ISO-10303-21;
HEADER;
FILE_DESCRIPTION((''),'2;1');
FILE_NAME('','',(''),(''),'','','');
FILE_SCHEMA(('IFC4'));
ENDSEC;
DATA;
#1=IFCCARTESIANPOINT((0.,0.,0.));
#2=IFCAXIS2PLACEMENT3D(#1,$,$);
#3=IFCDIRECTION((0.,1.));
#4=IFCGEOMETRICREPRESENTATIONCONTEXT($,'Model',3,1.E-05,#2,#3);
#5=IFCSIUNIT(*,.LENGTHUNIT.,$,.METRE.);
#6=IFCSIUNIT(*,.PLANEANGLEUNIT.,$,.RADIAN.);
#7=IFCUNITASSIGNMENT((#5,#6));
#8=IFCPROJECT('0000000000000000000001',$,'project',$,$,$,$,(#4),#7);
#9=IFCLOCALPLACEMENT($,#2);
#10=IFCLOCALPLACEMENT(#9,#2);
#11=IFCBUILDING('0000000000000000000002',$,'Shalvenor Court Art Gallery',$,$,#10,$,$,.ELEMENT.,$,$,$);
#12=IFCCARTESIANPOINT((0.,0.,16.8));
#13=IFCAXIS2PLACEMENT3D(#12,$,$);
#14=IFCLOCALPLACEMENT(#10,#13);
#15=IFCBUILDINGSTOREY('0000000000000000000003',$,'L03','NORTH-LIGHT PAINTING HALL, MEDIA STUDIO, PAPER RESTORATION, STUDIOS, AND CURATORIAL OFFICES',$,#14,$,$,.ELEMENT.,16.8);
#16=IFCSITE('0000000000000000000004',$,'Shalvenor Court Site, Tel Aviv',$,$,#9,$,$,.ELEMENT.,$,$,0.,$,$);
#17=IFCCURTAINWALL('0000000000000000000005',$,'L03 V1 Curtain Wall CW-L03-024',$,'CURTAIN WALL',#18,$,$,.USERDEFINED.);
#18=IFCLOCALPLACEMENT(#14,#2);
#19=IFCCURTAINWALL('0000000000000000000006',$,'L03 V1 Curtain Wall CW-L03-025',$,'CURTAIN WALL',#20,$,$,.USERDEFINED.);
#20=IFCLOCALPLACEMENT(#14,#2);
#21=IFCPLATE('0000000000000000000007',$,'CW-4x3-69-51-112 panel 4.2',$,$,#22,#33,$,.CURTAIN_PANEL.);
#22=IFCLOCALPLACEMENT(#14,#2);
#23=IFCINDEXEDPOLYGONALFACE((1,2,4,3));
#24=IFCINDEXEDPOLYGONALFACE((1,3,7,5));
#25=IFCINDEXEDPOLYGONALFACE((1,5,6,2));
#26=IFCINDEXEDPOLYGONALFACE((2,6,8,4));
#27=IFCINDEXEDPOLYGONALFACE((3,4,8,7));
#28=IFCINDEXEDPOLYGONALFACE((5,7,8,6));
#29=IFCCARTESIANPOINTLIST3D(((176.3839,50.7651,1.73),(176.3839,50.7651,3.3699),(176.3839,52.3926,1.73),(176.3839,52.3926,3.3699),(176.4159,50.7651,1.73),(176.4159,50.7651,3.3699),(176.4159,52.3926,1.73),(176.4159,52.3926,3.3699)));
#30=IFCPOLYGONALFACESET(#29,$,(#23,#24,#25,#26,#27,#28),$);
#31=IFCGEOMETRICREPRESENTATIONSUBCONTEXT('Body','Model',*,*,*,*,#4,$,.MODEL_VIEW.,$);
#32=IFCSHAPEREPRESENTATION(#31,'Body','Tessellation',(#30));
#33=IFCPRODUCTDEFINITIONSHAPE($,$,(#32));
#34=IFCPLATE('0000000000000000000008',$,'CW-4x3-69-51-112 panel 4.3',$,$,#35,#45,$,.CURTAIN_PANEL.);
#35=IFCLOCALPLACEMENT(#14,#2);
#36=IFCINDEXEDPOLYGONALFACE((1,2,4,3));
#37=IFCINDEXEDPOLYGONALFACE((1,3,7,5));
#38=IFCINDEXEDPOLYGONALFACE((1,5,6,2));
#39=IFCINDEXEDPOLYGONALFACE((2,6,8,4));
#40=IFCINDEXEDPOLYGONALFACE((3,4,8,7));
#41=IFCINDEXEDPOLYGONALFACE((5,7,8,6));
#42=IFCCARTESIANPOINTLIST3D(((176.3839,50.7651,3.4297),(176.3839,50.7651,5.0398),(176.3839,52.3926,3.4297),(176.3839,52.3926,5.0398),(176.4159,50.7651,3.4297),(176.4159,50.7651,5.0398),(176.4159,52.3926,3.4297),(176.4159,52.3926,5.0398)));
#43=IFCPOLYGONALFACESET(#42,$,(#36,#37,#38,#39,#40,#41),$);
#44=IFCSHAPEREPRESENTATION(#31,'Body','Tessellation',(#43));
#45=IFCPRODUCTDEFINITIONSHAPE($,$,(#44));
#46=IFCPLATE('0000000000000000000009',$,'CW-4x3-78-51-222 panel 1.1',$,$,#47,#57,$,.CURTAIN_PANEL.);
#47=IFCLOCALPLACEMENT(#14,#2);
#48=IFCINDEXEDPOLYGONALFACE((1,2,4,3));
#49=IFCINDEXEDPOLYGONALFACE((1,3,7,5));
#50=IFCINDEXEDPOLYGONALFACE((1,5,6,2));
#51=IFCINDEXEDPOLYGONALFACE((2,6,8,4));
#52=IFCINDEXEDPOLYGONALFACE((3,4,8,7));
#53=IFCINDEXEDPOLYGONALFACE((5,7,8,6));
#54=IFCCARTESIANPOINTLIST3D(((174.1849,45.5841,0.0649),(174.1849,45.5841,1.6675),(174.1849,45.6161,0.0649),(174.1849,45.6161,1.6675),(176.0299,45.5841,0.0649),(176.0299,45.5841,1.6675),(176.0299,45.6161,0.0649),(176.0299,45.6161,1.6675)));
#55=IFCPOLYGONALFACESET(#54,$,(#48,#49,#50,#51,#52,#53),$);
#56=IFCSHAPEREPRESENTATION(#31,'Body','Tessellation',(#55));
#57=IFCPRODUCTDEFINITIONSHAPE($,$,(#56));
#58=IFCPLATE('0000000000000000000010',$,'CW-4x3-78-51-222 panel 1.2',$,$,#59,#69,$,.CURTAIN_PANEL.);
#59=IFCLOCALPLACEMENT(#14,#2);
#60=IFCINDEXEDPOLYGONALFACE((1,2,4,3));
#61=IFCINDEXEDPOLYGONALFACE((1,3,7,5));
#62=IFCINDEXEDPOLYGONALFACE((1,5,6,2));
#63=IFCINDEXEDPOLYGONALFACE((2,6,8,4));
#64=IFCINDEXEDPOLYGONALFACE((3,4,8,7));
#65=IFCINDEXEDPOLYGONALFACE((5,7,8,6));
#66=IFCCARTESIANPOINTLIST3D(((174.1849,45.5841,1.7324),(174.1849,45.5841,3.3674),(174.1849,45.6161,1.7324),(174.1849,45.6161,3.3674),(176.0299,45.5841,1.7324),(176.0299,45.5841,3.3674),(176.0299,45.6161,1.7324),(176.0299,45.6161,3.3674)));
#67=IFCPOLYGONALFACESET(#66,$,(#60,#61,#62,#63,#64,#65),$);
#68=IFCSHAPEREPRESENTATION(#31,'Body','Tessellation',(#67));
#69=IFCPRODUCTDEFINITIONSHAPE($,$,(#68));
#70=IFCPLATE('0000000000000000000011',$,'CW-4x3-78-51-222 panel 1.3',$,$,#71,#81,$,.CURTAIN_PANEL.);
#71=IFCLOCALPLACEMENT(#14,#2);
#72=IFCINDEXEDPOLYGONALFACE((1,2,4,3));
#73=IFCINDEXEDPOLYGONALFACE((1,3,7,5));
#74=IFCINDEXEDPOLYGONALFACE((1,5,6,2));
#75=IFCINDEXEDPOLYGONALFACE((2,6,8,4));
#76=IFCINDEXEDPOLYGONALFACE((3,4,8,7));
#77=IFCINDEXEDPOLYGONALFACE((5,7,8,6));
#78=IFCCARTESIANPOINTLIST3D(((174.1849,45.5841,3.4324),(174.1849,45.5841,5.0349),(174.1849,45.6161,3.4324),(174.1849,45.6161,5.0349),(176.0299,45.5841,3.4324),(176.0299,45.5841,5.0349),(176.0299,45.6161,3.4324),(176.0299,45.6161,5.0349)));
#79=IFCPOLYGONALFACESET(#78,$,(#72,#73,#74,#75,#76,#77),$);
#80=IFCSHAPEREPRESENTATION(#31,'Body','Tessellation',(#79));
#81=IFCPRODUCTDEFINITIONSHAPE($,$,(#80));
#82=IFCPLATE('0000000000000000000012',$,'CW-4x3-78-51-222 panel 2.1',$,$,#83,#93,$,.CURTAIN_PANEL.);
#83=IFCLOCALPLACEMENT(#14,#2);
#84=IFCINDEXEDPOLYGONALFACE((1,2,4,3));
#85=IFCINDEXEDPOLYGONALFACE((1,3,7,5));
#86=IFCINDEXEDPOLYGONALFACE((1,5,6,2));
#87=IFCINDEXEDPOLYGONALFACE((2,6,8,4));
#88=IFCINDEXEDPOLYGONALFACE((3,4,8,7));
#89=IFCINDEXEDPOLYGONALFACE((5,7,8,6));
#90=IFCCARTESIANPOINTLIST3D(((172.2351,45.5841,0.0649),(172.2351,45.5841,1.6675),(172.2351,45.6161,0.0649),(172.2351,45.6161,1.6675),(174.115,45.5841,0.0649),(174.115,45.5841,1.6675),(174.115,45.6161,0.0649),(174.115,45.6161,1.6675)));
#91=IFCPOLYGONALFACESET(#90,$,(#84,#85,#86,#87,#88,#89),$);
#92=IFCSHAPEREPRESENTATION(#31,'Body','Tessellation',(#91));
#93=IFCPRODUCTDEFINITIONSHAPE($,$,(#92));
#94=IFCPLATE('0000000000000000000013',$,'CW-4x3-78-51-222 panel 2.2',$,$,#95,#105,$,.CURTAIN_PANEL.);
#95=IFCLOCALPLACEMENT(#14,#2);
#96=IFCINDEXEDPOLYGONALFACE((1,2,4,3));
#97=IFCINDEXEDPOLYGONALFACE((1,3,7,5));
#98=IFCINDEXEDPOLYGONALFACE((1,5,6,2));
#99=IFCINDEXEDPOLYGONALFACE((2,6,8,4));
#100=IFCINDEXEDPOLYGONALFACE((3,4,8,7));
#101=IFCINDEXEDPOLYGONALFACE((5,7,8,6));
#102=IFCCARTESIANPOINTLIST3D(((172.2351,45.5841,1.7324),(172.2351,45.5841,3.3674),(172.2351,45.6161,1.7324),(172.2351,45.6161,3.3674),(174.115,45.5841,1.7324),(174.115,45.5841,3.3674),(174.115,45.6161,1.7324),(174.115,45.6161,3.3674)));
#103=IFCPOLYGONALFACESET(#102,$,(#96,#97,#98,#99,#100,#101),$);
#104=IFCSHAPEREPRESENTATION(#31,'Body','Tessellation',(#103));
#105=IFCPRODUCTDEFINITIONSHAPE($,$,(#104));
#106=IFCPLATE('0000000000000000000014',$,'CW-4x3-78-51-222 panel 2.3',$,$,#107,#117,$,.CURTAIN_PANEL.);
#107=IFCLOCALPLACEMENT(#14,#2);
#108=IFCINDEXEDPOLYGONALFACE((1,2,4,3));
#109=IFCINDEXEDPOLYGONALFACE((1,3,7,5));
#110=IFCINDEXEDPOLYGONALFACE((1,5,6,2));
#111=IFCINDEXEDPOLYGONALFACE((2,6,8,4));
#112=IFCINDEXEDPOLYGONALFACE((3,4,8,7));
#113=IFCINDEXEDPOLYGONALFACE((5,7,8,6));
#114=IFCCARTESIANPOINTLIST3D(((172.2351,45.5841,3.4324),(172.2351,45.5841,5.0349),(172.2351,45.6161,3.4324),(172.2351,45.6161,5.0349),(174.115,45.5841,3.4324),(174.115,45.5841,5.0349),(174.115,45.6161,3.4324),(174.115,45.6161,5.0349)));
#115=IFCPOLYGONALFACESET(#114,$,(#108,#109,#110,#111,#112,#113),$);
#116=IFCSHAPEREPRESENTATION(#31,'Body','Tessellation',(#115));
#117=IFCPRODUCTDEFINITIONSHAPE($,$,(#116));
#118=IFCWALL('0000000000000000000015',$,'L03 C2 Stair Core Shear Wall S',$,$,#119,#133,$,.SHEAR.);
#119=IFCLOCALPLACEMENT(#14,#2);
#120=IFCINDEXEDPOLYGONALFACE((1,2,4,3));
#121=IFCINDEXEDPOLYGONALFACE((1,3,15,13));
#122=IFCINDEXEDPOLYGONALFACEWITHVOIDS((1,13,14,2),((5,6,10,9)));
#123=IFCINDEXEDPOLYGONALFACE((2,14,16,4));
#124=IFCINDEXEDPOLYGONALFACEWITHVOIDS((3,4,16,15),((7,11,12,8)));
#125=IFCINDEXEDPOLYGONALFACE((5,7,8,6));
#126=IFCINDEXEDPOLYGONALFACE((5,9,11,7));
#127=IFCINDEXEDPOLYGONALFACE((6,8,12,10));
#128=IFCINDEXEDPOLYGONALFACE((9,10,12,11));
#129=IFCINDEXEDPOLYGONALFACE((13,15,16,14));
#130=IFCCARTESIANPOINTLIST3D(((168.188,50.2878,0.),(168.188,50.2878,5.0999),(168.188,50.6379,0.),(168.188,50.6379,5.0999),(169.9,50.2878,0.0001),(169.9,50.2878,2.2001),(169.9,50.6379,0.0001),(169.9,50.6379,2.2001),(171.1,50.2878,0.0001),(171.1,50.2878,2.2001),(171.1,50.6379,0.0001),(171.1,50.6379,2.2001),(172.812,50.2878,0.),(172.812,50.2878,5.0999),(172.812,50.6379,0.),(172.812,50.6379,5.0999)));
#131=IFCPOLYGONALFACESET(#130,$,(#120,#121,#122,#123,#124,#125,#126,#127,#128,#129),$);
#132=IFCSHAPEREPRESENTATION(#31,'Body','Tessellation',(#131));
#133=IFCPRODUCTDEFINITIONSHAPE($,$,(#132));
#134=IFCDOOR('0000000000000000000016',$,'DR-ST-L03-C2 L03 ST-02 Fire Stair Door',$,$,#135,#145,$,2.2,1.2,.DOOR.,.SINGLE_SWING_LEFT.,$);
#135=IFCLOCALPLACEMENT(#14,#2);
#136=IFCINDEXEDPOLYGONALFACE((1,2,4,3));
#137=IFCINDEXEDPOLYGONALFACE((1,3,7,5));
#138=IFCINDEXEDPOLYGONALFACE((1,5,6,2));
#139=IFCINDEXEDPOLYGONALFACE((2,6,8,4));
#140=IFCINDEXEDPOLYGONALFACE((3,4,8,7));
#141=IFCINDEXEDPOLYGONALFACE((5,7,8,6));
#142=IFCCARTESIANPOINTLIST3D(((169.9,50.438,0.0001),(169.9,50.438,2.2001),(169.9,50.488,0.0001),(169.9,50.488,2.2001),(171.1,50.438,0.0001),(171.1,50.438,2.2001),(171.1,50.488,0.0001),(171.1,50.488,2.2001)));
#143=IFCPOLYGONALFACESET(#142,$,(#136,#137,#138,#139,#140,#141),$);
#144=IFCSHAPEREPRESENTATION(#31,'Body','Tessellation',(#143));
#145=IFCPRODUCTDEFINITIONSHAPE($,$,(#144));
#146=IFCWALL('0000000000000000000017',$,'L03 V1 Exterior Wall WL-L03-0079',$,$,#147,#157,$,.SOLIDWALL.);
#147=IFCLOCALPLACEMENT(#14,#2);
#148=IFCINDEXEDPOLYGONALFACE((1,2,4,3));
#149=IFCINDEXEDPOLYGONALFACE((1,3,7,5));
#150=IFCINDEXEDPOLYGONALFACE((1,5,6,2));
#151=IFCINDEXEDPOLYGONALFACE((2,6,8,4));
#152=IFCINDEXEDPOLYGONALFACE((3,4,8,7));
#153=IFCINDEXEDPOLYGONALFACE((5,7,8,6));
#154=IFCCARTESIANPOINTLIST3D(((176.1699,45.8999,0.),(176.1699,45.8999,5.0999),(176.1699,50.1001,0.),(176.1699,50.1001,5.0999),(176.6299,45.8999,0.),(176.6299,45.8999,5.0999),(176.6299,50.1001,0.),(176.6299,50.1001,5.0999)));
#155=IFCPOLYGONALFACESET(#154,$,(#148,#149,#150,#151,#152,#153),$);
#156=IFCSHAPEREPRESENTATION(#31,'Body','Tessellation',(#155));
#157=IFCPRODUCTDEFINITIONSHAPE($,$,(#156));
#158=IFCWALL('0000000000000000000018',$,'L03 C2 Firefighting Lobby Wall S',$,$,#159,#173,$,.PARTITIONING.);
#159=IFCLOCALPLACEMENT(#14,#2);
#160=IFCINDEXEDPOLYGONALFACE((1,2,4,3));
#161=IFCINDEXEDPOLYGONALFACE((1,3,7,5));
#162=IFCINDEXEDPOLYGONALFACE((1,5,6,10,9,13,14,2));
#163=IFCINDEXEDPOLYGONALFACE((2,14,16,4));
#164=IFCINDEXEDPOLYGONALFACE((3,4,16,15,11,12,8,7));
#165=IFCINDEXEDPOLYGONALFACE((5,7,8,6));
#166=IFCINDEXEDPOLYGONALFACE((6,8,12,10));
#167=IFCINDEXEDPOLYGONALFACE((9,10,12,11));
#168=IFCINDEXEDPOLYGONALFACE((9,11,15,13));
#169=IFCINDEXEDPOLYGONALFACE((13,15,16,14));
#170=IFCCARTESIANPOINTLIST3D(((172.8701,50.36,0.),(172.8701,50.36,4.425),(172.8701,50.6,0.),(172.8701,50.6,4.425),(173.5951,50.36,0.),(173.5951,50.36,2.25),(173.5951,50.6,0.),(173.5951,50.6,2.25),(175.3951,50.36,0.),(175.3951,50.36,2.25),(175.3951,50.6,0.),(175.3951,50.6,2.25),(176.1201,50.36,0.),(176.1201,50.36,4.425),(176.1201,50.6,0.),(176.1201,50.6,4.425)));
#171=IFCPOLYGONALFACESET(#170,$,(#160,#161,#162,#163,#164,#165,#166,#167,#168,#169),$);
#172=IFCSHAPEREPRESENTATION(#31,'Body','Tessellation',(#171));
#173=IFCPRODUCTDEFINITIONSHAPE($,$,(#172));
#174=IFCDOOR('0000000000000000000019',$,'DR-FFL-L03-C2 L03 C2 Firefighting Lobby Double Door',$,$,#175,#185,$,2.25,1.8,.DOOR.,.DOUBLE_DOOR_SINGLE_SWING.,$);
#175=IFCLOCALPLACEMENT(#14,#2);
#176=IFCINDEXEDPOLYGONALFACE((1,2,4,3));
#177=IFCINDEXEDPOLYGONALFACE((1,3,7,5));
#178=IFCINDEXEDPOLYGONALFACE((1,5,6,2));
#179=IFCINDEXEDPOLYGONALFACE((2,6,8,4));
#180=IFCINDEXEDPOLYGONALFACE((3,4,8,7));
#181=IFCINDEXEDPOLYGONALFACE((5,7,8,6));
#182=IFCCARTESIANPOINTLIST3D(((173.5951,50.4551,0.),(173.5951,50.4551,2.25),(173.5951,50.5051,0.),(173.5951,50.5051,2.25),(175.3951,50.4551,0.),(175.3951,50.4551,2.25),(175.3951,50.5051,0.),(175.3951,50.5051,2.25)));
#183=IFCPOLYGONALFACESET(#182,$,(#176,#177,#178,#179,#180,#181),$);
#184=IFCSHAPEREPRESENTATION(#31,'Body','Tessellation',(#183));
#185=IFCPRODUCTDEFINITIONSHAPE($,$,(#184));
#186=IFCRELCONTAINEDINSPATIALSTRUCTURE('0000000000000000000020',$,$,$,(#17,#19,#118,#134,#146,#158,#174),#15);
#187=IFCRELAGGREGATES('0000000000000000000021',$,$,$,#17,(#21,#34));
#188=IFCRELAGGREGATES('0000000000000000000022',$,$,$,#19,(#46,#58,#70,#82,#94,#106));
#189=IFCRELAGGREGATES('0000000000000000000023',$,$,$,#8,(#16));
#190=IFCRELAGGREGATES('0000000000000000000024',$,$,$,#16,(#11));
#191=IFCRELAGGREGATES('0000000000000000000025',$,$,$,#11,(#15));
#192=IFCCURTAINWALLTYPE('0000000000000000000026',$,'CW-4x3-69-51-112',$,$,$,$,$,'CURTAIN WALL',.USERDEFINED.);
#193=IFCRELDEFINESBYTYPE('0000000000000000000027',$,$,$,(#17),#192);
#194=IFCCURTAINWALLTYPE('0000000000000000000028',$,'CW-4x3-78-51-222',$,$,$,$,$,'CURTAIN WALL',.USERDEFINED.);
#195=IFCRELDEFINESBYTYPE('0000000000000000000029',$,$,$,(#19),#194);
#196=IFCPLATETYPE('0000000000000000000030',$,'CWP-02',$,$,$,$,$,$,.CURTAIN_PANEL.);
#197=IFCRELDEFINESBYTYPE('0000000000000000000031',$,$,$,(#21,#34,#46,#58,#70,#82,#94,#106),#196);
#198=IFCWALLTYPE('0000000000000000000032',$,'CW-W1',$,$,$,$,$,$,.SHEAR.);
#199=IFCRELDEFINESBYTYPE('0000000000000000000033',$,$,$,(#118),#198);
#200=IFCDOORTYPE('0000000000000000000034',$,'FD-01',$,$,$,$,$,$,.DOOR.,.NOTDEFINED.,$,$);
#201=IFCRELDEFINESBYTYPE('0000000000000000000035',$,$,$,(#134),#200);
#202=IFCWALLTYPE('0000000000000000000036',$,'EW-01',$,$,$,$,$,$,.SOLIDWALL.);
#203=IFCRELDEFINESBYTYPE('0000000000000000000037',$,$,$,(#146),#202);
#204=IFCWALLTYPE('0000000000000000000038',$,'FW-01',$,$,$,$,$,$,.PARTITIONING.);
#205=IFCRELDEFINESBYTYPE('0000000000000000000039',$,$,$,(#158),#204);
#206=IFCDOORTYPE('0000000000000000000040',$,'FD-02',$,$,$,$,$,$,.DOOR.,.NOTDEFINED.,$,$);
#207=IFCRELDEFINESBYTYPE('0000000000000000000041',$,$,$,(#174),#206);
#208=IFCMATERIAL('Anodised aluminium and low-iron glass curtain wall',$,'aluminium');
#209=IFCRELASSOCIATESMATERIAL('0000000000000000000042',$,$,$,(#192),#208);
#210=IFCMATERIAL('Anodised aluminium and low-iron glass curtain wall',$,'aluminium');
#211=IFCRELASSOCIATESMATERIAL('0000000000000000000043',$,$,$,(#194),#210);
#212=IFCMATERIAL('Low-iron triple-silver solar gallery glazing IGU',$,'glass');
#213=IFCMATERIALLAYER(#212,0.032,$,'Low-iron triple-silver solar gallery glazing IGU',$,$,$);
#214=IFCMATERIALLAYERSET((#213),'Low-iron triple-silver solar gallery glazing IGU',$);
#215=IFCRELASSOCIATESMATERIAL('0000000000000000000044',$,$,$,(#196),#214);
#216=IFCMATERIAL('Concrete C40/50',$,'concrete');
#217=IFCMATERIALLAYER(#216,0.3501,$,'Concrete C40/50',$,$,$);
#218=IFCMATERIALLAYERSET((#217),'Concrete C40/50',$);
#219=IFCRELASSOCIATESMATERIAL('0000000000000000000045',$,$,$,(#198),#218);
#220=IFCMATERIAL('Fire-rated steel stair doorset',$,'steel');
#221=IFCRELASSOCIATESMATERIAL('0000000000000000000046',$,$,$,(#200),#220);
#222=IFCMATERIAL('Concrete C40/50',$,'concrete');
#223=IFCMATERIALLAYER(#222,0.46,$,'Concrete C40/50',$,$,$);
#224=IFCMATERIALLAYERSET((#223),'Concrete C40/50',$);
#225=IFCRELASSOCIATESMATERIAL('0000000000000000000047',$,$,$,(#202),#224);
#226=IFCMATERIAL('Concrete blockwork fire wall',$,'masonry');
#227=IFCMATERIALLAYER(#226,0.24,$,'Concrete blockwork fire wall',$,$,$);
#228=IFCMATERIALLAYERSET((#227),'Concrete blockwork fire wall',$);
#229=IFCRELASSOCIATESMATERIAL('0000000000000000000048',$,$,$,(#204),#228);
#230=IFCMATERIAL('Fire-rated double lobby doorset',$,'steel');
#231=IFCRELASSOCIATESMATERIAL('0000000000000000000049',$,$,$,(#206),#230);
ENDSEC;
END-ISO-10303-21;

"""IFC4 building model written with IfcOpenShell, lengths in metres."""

from ifc_helpers import new_model, si_unit, direction, frame, frame_2d, origin, origin_2d, place, context, subcontext, project, spatial, rectangle, extrude, material, layer, layer_set, type_object, element, fill, aggregate, save


model = new_model("IFC4")

# Units and contexts
model_context = context("Model", 3, precision=1e-05, world=origin(), true_north=direction((0.0, 1.0)))
body_context = subcontext(model_context, "Body", "Model", "MODEL_VIEW")
ifc_project = project(units=[si_unit("LENGTHUNIT", "METRE"), si_unit("PLANEANGLEUNIT", "RADIAN")], contexts=[model_context])

# Site, building, storey
site_placement = place(None, origin())
site = spatial("IfcSite", under=ifc_project, at=site_placement, Name="Shalvenor Court Site, Tel Aviv", CompositionType="ELEMENT", RefElevation=0.0)
building_placement = place(site_placement, origin())
building = spatial("IfcBuilding", under=site, at=building_placement, Name="Shalvenor Court Art Gallery", CompositionType="ELEMENT")
storey_placement = place(building_placement, frame((0.0, 0.0, 16.8)))
storey = spatial("IfcBuildingStorey", under=building, at=storey_placement, Name="L03", Description="NORTH-LIGHT PAINTING HALL, MEDIA STUDIO, PAPER RESTORATION, STUDIOS, AND CURATORIAL OFFICES", CompositionType="ELEMENT", Elevation=16.8)

# Curtain walls
ifc_material_1 = material(Name="Anodised aluminium and low-iron glass curtain wall", Category="aluminium")
curtain_wall_type_1 = type_object("IfcCurtainWallType", Name="CW-4x3-69-51-112", ElementType="CURTAIN WALL", PredefinedType="USERDEFINED", material=ifc_material_1)
curtain_wall_1_placement = place(storey_placement, origin())
curtain_wall_1 = element("IfcCurtainWall", 1, at=curtain_wall_1_placement, inside=storey, type_object=curtain_wall_type_1, Name="L03 V1 Curtain Wall CW-L03-024", ObjectType="CURTAIN WALL", PredefinedType="USERDEFINED")
ifc_material_2 = material(Name="Anodised aluminium and low-iron glass curtain wall", Category="aluminium")
curtain_wall_type_2 = type_object("IfcCurtainWallType", Name="CW-4x3-78-51-222", ElementType="CURTAIN WALL", PredefinedType="USERDEFINED", material=ifc_material_2)
curtain_wall_2_placement = place(storey_placement, origin())
curtain_wall_2 = element("IfcCurtainWall", 2, at=curtain_wall_2_placement, inside=storey, type_object=curtain_wall_type_2, Name="L03 V1 Curtain Wall CW-L03-025", ObjectType="CURTAIN WALL", PredefinedType="USERDEFINED")

# Plates
ifc_material_3 = material(Name="Low-iron triple-silver solar gallery glazing IGU", Category="glass")
ifc_layer_1 = layer(ifc_material_3, 0.032, Name="Low-iron triple-silver solar gallery glazing IGU")
ifc_layer_set_1 = layer_set([ifc_layer_1], Name="Low-iron triple-silver solar gallery glazing IGU")
plate_type = type_object("IfcPlateType", Name="CWP-02", PredefinedType="CURTAIN_PANEL", material=ifc_layer_set_1)
plate_1_placement = place(storey_placement, frame((176.3999, 51.5789, 1.73), z_axis=(0.0, 0.0, 1.0), x_axis=(0.0, -1.0, 0.0)))
plate_1 = element("IfcPlate", 3, at=plate_1_placement, type_object=plate_type, Name="CW-4x3-69-51-112 panel 4.2", PredefinedType="CURTAIN_PANEL", context=body_context, shape_type="SweptSolid", body=[
    extrude(rectangle(XDim=1.6274, YDim=0.032, at=origin_2d()), origin(), (0.0, 0.0, 1.0), 1.6399),
])
plate_2_placement = place(storey_placement, frame((176.3999, 51.5789, 3.4297), z_axis=(0.0, 0.0, 1.0), x_axis=(0.0, -1.0, 0.0)))
plate_2 = element("IfcPlate", 4, at=plate_2_placement, type_object=plate_type, Name="CW-4x3-69-51-112 panel 4.3", PredefinedType="CURTAIN_PANEL", context=body_context, shape_type="SweptSolid", body=[
    extrude(rectangle(XDim=1.6274, YDim=0.032, at=origin_2d()), origin(), (0.0, 0.0, 1.0), 1.6101),
])
aggregate(curtain_wall_1, [plate_1, plate_2])
plate_3_placement = place(storey_placement, frame((175.1074, 45.6001, 0.0649), z_axis=(0.0, 0.0, 1.0), x_axis=(-1.0, 0.0, 0.0)))
plate_3 = element("IfcPlate", 5, at=plate_3_placement, type_object=plate_type, Name="CW-4x3-78-51-222 panel 1.1", PredefinedType="CURTAIN_PANEL", context=body_context, shape_type="SweptSolid", body=[
    extrude(rectangle(XDim=1.845, YDim=0.032, at=origin_2d()), origin(), (0.0, 0.0, 1.0), 1.6025),
])
plate_4_placement = place(storey_placement, frame((175.1074, 45.6001, 1.7324), z_axis=(0.0, 0.0, 1.0), x_axis=(-1.0, 0.0, 0.0)))
plate_4 = element("IfcPlate", 6, at=plate_4_placement, type_object=plate_type, Name="CW-4x3-78-51-222 panel 1.2", PredefinedType="CURTAIN_PANEL", context=body_context, shape_type="SweptSolid", body=[
    extrude(rectangle(XDim=1.845, YDim=0.032, at=origin_2d()), origin(), (0.0, 0.0, 1.0), 1.635),
])
plate_5_placement = place(storey_placement, frame((175.1074, 45.6001, 3.4324), z_axis=(0.0, 0.0, 1.0), x_axis=(-1.0, 0.0, 0.0)))
plate_5 = element("IfcPlate", 7, at=plate_5_placement, type_object=plate_type, Name="CW-4x3-78-51-222 panel 1.3", PredefinedType="CURTAIN_PANEL", context=body_context, shape_type="SweptSolid", body=[
    extrude(rectangle(XDim=1.845, YDim=0.032, at=origin_2d()), origin(), (0.0, 0.0, 1.0), 1.6025),
])
plate_6_placement = place(storey_placement, frame((173.175, 45.6001, 0.0649), z_axis=(0.0, 0.0, 1.0), x_axis=(-1.0, 0.0, 0.0)))
plate_6 = element("IfcPlate", 8, at=plate_6_placement, type_object=plate_type, Name="CW-4x3-78-51-222 panel 2.1", PredefinedType="CURTAIN_PANEL", context=body_context, shape_type="SweptSolid", body=[
    extrude(rectangle(XDim=1.8799, YDim=0.032, at=origin_2d()), origin(), (0.0, 0.0, 1.0), 1.6025),
])
plate_7_placement = place(storey_placement, frame((173.175, 45.6001, 1.7324), z_axis=(0.0, 0.0, 1.0), x_axis=(-1.0, 0.0, 0.0)))
plate_7 = element("IfcPlate", 9, at=plate_7_placement, type_object=plate_type, Name="CW-4x3-78-51-222 panel 2.2", PredefinedType="CURTAIN_PANEL", context=body_context, shape_type="SweptSolid", body=[
    extrude(rectangle(XDim=1.8799, YDim=0.032, at=origin_2d()), origin(), (0.0, 0.0, 1.0), 1.635),
])
plate_8_placement = place(storey_placement, frame((173.175, 45.6001, 3.4324), z_axis=(0.0, 0.0, 1.0), x_axis=(-1.0, 0.0, 0.0)))
plate_8 = element("IfcPlate", 10, at=plate_8_placement, type_object=plate_type, Name="CW-4x3-78-51-222 panel 2.3", PredefinedType="CURTAIN_PANEL", context=body_context, shape_type="SweptSolid", body=[
    extrude(rectangle(XDim=1.8799, YDim=0.032, at=origin_2d()), origin(), (0.0, 0.0, 1.0), 1.6025),
])
aggregate(curtain_wall_2, [plate_3, plate_4, plate_5, plate_6, plate_7, plate_8])

# Wall, opening, door
ifc_material_4 = material(Name="Concrete C40/50", Category="concrete")
ifc_layer_2 = layer(ifc_material_4, 0.3501, Name="Concrete C40/50")
ifc_layer_set_2 = layer_set([ifc_layer_2], Name="Concrete C40/50")
wall_type_1 = type_object("IfcWallType", Name="CW-W1", PredefinedType="SHEAR", material=ifc_layer_set_2)
wall_1_placement = place(storey_placement, frame((172.812, 50.4629, 0.0), z_axis=(0.0, 0.0, 1.0), x_axis=(-1.0, 0.0, 0.0)))
wall_1 = element("IfcWall", 11, at=wall_1_placement, inside=storey, type_object=wall_type_1, Name="L03 C2 Stair Core Shear Wall S", PredefinedType="SHEAR", context=body_context, shape_type="SweptSolid", body=[
    extrude(rectangle(XDim=4.624, YDim=0.3501, at=frame_2d((2.312, 0.0))), origin(), (0.0, 0.0, 1.0), 5.0999),
])
opening_1_placement = place(wall_1_placement, frame((1.7119, 0.0, 0.0)))
opening_1 = element("IfcOpeningElement", 12, at=opening_1_placement, cuts=wall_1, PredefinedType="OPENING", context=body_context, shape_type="SweptSolid", body=[
    extrude(rectangle(XDim=1.2, YDim=2.2, at=frame_2d((0.6001, 1.1001))), frame((0.0, 0.1851, 0.0), z_axis=(0.0, -1.0, 0.0), x_axis=(1.0, 0.0, 0.0)), (0.0, 0.0, 1.0), 0.3701),
])
ifc_material_5 = material(Name="Fire-rated steel stair doorset", Category="steel")
door_type_1 = type_object("IfcDoorType", Name="FD-01", OperationType="NOTDEFINED", PredefinedType="DOOR", material=ifc_material_5)
door_1_placement = place(opening_1_placement, origin())
door_1 = element("IfcDoor", 13, at=door_1_placement, inside=storey, type_object=door_type_1, Name="DR-ST-L03-C2 L03 ST-02 Fire Stair Door", OperationType="SINGLE_SWING_LEFT", OverallHeight=2.2, OverallWidth=1.2, PredefinedType="DOOR", context=body_context, shape_type="SweptSolid", body=[
    extrude(rectangle(XDim=1.2, YDim=2.2, at=frame_2d((0.6001, 1.1001))), frame((0.0, 0.0249, 0.0), z_axis=(0.0, -1.0, 0.0), x_axis=(1.0, 0.0, 0.0)), (0.0, 0.0, 1.0), 0.05),
])
fill(opening_1, door_1)

# Wall
ifc_material_6 = material(Name="Concrete C40/50", Category="concrete")
ifc_layer_3 = layer(ifc_material_6, 0.46, Name="Concrete C40/50")
ifc_layer_set_3 = layer_set([ifc_layer_3], Name="Concrete C40/50")
wall_type_2 = type_object("IfcWallType", Name="EW-01", PredefinedType="SOLIDWALL", material=ifc_layer_set_3)
wall_2_placement = place(storey_placement, frame((176.3999, 50.1001, 0.0), z_axis=(0.0, 0.0, 1.0), x_axis=(0.0, -1.0, 0.0)))
element("IfcWall", 14, at=wall_2_placement, inside=storey, type_object=wall_type_2, Name="L03 V1 Exterior Wall WL-L03-0079", PredefinedType="SOLIDWALL", context=body_context, shape_type="SweptSolid", body=[
    extrude(rectangle(XDim=4.2002, YDim=0.46, at=frame_2d((2.1001, 0.0))), origin(), (0.0, 0.0, 1.0), 5.0999),
])

# Wall, opening, door
ifc_material_7 = material(Name="Concrete blockwork fire wall", Category="masonry")
ifc_layer_4 = layer(ifc_material_7, 0.24, Name="Concrete blockwork fire wall")
ifc_layer_set_4 = layer_set([ifc_layer_4], Name="Concrete blockwork fire wall")
wall_type_3 = type_object("IfcWallType", Name="FW-01", PredefinedType="PARTITIONING", material=ifc_layer_set_4)
wall_3_placement = place(storey_placement, frame((176.1201, 50.48, 0.0), z_axis=(0.0, 0.0, 1.0), x_axis=(-1.0, 0.0, 0.0)))
wall_3 = element("IfcWall", 15, at=wall_3_placement, inside=storey, type_object=wall_type_3, Name="L03 C2 Firefighting Lobby Wall S", PredefinedType="PARTITIONING", context=body_context, shape_type="SweptSolid", body=[
    extrude(rectangle(XDim=3.25, YDim=0.24, at=frame_2d((1.625, 0.0))), origin(), (0.0, 0.0, 1.0), 4.425),
])
opening_2_placement = place(wall_3_placement, frame((0.7251, 0.0, 0.0)))
opening_2 = element("IfcOpeningElement", 16, at=opening_2_placement, cuts=wall_3, PredefinedType="OPENING", context=body_context, shape_type="SweptSolid", body=[
    extrude(rectangle(XDim=1.8, YDim=2.25, at=frame_2d((0.8999, 1.125))), frame((0.0, 0.1299, 0.0), z_axis=(0.0, -1.0, 0.0), x_axis=(1.0, 0.0, 0.0)), (0.0, 0.0, 1.0), 0.26),
])
ifc_material_8 = material(Name="Fire-rated double lobby doorset", Category="steel")
door_type_2 = type_object("IfcDoorType", Name="FD-02", OperationType="NOTDEFINED", PredefinedType="DOOR", material=ifc_material_8)
door_2_placement = place(opening_2_placement, origin())
door_2 = element("IfcDoor", 17, at=door_2_placement, inside=storey, type_object=door_type_2, Name="DR-FFL-L03-C2 L03 C2 Firefighting Lobby Double Door", OperationType="DOUBLE_DOOR_SINGLE_SWING", OverallHeight=2.25, OverallWidth=1.8, PredefinedType="DOOR", context=body_context, shape_type="SweptSolid", body=[
    extrude(rectangle(XDim=1.8, YDim=2.25, at=frame_2d((0.8999, 1.125))), frame((0.0, 0.0249, 0.0), z_axis=(0.0, -1.0, 0.0), x_axis=(1.0, 0.0, 0.0)), (0.0, 0.0, 1.0), 0.05),
])
fill(opening_2, door_2)

save(model, "model.ifc")
